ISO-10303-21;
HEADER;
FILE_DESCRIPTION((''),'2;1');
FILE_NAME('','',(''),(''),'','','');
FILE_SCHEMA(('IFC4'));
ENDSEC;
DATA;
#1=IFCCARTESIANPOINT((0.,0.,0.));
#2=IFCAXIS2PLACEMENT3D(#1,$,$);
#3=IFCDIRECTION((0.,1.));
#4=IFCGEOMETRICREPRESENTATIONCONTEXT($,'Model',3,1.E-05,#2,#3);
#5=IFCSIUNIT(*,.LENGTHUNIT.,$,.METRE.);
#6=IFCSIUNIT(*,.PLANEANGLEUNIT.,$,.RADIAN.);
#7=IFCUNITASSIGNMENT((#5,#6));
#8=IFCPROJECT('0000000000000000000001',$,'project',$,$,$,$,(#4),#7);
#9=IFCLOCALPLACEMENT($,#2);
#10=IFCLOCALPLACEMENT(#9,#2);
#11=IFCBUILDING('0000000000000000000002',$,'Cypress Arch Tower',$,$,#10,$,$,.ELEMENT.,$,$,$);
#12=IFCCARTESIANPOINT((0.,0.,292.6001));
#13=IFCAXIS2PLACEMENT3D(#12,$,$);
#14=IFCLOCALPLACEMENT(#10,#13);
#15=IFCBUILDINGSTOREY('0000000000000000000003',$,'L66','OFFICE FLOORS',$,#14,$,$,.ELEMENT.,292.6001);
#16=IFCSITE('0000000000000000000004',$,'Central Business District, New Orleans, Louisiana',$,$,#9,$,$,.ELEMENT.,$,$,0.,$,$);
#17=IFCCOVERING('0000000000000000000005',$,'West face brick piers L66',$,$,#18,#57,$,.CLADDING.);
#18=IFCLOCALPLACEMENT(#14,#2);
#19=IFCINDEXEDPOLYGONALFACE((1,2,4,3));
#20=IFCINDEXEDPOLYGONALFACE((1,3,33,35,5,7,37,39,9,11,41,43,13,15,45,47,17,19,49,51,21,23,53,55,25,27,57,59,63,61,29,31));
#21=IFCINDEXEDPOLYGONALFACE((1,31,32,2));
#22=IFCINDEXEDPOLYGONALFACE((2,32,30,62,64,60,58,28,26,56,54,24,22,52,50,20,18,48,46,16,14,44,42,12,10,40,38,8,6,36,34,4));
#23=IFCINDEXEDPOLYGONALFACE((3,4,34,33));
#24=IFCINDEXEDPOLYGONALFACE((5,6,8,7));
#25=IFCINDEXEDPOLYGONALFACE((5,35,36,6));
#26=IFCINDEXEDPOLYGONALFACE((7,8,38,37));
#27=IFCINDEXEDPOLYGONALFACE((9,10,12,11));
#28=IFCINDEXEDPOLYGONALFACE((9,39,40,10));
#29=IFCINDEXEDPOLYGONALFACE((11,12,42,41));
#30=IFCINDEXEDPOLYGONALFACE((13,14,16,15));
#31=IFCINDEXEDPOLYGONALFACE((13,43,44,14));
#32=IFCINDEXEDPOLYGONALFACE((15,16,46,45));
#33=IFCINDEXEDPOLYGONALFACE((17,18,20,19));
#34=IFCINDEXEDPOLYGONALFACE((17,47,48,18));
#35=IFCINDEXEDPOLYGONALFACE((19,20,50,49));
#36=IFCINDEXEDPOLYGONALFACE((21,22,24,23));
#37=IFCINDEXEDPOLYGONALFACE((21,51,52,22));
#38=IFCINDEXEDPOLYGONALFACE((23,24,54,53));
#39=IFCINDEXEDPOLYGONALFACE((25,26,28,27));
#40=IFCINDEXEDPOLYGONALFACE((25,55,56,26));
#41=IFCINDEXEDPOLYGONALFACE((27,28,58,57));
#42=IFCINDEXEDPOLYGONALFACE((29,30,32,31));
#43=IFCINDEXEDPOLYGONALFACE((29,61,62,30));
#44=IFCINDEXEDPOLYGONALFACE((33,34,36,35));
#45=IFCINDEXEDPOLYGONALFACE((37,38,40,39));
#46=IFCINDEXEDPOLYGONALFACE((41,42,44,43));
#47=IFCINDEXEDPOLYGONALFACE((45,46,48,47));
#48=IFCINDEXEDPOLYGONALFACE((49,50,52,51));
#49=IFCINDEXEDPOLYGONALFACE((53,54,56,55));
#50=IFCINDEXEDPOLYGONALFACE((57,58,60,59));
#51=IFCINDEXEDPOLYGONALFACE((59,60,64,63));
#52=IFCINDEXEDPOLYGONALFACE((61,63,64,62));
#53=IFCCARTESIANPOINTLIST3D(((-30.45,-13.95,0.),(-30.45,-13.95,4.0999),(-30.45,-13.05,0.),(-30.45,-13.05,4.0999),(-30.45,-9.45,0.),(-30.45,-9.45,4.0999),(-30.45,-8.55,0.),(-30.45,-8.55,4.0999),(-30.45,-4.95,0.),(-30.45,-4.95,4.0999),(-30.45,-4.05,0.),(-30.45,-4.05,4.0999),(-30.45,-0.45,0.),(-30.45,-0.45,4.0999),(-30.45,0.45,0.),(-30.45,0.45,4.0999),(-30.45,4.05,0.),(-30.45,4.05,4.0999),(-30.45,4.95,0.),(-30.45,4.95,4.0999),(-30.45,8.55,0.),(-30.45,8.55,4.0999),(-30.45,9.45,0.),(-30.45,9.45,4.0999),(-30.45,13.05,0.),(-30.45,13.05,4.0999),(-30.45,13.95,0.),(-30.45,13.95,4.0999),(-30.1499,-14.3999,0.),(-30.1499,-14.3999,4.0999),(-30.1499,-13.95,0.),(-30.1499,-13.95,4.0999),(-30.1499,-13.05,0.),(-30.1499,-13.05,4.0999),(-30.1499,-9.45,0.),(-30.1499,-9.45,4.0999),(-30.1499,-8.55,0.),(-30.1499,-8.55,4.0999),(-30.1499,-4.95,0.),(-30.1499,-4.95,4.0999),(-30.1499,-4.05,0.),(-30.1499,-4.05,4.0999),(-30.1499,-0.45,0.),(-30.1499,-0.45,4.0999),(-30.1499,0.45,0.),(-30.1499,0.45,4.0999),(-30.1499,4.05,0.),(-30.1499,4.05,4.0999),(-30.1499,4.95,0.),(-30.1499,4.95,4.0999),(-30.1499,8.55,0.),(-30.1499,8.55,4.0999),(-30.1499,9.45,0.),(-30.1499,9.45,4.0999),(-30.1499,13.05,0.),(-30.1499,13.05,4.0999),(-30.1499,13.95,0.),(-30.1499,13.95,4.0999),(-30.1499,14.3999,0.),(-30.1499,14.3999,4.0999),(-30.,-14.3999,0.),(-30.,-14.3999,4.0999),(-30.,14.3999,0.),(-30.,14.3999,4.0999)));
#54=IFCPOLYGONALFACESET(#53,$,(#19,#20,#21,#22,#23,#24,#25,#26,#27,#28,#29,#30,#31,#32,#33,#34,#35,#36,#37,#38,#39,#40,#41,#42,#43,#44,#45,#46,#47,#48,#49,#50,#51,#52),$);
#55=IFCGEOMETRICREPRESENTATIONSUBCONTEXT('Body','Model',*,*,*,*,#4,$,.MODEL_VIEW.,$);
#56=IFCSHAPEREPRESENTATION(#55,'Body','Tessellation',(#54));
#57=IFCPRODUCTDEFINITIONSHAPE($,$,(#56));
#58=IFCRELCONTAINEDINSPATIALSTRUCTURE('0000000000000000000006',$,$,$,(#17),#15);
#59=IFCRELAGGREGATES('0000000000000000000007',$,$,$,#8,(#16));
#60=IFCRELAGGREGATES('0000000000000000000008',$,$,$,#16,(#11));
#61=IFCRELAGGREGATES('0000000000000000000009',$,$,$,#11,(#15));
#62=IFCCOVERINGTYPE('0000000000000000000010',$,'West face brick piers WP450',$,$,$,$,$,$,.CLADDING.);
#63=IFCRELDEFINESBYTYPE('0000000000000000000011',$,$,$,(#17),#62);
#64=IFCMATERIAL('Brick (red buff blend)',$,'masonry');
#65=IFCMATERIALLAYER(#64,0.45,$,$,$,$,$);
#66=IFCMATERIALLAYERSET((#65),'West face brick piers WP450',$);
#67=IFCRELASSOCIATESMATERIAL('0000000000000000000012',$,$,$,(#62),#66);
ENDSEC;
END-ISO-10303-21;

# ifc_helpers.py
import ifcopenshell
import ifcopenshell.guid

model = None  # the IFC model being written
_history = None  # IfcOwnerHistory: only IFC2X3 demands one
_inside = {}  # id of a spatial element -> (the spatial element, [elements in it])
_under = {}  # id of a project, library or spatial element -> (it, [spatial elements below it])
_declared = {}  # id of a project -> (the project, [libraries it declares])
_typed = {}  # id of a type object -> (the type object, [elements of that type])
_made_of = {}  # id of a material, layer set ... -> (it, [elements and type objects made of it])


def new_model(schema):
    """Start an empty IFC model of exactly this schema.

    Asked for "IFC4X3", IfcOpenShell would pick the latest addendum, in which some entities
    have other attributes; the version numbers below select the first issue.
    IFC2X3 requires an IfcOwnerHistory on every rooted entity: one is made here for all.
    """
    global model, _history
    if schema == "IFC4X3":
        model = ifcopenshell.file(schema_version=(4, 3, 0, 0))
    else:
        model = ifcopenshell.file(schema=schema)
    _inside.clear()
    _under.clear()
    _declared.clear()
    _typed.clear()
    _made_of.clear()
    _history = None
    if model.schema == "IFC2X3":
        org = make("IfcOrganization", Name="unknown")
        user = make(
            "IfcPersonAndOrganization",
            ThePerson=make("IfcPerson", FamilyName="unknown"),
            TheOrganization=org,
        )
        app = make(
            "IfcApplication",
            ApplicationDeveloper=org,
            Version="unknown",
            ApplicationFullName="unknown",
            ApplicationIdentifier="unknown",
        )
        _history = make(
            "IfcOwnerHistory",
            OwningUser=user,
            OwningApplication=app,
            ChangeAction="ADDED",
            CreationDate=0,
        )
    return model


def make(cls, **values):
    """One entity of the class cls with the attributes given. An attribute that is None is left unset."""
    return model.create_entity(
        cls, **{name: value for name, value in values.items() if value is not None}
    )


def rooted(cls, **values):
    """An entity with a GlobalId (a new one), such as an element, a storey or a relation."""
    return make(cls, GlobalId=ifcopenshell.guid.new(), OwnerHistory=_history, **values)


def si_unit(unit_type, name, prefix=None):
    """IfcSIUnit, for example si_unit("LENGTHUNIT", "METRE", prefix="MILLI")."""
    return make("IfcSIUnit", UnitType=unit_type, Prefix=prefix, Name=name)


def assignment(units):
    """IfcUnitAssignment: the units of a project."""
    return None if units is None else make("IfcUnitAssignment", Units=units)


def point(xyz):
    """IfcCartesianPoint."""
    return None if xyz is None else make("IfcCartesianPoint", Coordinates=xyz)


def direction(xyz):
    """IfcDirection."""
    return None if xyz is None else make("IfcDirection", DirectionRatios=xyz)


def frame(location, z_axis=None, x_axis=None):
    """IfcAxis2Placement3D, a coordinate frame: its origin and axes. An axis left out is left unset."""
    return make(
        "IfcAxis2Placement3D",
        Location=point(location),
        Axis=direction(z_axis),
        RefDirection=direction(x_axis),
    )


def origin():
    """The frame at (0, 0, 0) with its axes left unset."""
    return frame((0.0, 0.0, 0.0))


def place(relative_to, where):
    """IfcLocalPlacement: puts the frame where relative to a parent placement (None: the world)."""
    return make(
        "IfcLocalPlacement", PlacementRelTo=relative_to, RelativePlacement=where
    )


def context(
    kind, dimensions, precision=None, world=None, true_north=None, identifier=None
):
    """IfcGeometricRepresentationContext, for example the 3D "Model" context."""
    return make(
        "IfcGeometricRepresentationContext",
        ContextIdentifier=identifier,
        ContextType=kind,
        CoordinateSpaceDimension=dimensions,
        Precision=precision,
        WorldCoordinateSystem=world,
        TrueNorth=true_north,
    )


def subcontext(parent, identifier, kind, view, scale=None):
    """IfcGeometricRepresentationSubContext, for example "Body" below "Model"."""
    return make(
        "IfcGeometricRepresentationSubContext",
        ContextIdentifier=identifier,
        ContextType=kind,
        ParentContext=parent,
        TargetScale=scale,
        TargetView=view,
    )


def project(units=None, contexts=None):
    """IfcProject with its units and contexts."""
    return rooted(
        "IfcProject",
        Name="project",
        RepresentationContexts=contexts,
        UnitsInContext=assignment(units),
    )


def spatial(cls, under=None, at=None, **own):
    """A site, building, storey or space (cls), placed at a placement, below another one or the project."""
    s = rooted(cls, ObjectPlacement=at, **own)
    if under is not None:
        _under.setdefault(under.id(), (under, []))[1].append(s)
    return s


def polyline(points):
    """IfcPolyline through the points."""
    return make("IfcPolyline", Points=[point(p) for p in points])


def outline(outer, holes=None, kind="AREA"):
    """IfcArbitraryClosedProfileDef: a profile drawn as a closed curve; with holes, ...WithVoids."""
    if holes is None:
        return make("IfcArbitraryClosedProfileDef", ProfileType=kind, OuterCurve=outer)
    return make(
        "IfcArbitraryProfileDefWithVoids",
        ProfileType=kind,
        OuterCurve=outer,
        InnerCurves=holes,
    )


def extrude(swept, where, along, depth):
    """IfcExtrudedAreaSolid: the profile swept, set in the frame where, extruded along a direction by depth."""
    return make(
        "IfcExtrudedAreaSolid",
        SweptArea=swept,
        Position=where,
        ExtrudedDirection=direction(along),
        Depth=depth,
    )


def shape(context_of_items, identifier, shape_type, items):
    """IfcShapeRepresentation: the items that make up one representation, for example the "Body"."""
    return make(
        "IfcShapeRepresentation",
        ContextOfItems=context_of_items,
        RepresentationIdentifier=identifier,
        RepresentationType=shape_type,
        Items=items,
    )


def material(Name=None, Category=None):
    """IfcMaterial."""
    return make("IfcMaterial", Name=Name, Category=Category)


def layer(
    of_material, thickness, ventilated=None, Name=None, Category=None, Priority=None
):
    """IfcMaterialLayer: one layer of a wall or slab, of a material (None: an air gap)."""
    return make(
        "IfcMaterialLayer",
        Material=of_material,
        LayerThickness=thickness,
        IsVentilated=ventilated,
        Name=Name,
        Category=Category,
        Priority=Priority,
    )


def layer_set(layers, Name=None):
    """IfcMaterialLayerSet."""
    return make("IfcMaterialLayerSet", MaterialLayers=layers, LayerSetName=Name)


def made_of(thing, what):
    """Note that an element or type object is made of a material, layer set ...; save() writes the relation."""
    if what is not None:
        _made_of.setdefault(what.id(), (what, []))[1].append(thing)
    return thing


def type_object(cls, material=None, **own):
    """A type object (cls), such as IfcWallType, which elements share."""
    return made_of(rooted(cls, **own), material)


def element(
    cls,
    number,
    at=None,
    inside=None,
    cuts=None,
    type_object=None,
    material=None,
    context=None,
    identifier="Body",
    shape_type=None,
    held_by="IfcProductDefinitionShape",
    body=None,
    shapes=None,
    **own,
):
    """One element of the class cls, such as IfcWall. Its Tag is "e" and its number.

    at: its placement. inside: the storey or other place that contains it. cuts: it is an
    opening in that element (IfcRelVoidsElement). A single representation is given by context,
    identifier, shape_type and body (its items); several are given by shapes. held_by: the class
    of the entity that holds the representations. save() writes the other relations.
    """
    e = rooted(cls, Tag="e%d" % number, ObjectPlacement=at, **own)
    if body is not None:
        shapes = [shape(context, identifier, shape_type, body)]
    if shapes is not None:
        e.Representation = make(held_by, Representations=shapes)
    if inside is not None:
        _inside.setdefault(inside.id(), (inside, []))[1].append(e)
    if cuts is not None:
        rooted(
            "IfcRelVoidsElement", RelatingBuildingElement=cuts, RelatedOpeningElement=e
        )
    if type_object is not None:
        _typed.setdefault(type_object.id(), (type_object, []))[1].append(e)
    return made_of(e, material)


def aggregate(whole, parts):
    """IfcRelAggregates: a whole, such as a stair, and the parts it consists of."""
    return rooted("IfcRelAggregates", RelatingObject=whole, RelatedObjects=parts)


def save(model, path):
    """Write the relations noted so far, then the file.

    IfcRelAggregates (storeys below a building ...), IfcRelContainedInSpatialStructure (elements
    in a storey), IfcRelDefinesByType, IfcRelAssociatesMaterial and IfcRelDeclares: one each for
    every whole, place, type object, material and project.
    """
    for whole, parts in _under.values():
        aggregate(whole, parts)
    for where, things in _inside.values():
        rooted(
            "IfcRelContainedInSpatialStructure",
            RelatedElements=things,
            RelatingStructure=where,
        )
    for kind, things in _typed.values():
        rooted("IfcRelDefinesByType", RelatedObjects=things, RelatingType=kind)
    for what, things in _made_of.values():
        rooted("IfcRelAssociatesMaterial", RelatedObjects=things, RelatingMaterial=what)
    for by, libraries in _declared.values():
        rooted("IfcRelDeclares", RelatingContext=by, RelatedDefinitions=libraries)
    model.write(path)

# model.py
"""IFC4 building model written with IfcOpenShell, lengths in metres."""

from ifc_helpers import new_model, si_unit, direction, frame, origin, place, context, subcontext, project, spatial, polyline, outline, extrude, material, layer, layer_set, type_object, element, save


model = new_model("IFC4")

# Units and contexts
model_context = context("Model", 3, precision=1e-05, world=origin(), true_north=direction((0.0, 1.0)))
body_context = subcontext(model_context, "Body", "Model", "MODEL_VIEW")
ifc_project = project(units=[si_unit("LENGTHUNIT", "METRE"), si_unit("PLANEANGLEUNIT", "RADIAN")], contexts=[model_context])

# Site, building, storey
site_placement = place(None, origin())
site = spatial("IfcSite", under=ifc_project, at=site_placement, Name="Central Business District, New Orleans, Louisiana", CompositionType="ELEMENT", RefElevation=0.0)
building_placement = place(site_placement, origin())
building = spatial("IfcBuilding", under=site, at=building_placement, Name="Cypress Arch Tower", CompositionType="ELEMENT")
storey_placement = place(building_placement, frame((0.0, 0.0, 292.6001)))
storey = spatial("IfcBuildingStorey", under=building, at=storey_placement, Name="L66", Description="OFFICE FLOORS", CompositionType="ELEMENT", Elevation=292.6001)

# Covering
ifc_material_1 = material(Name="Brick (red buff blend)", Category="masonry")
ifc_layer_1 = layer(ifc_material_1, 0.45)
ifc_layer_set_1 = layer_set([ifc_layer_1], Name="West face brick piers WP450")
covering_type_1 = type_object("IfcCoveringType", Name="West face brick piers WP450", PredefinedType="CLADDING", material=ifc_layer_set_1)
covering_1_placement = place(storey_placement, origin())
element("IfcCovering", 1, at=covering_1_placement, inside=storey, type_object=covering_type_1, Name="West face brick piers L66", PredefinedType="CLADDING", context=body_context, shape_type="SweptSolid", body=[
    extrude(outline(polyline([(-30.1499, -13.05), (-30.1499, -9.45), (-30.45, -9.45), (-30.45, -8.55), (-30.1499, -8.55), (-30.1499, -4.95), (-30.45, -4.95), (-30.45, -4.05), (-30.1499, -4.05), (-30.1499, -0.45), (-30.45, -0.45), (-30.45, 0.45), (-30.1499, 0.45), (-30.1499, 4.05), (-30.45, 4.05), (-30.45, 4.95), (-30.1499, 4.95), (-30.1499, 8.55), (-30.45, 8.55), (-30.45, 9.45), (-30.1499, 9.45), (-30.1499, 13.05), (-30.45, 13.05), (-30.45, 13.95), (-30.1499, 13.95), (-30.1499, 14.3999), (-30.0, 14.3999), (-30.0, -14.3999), (-30.1499, -14.3999), (-30.1499, -13.95), (-30.45, -13.95), (-30.45, -13.05), (-30.1499, -13.05)])), origin(), (0.0, 0.0, 1.0), 4.0999),
])

save(model, "model.ifc")
